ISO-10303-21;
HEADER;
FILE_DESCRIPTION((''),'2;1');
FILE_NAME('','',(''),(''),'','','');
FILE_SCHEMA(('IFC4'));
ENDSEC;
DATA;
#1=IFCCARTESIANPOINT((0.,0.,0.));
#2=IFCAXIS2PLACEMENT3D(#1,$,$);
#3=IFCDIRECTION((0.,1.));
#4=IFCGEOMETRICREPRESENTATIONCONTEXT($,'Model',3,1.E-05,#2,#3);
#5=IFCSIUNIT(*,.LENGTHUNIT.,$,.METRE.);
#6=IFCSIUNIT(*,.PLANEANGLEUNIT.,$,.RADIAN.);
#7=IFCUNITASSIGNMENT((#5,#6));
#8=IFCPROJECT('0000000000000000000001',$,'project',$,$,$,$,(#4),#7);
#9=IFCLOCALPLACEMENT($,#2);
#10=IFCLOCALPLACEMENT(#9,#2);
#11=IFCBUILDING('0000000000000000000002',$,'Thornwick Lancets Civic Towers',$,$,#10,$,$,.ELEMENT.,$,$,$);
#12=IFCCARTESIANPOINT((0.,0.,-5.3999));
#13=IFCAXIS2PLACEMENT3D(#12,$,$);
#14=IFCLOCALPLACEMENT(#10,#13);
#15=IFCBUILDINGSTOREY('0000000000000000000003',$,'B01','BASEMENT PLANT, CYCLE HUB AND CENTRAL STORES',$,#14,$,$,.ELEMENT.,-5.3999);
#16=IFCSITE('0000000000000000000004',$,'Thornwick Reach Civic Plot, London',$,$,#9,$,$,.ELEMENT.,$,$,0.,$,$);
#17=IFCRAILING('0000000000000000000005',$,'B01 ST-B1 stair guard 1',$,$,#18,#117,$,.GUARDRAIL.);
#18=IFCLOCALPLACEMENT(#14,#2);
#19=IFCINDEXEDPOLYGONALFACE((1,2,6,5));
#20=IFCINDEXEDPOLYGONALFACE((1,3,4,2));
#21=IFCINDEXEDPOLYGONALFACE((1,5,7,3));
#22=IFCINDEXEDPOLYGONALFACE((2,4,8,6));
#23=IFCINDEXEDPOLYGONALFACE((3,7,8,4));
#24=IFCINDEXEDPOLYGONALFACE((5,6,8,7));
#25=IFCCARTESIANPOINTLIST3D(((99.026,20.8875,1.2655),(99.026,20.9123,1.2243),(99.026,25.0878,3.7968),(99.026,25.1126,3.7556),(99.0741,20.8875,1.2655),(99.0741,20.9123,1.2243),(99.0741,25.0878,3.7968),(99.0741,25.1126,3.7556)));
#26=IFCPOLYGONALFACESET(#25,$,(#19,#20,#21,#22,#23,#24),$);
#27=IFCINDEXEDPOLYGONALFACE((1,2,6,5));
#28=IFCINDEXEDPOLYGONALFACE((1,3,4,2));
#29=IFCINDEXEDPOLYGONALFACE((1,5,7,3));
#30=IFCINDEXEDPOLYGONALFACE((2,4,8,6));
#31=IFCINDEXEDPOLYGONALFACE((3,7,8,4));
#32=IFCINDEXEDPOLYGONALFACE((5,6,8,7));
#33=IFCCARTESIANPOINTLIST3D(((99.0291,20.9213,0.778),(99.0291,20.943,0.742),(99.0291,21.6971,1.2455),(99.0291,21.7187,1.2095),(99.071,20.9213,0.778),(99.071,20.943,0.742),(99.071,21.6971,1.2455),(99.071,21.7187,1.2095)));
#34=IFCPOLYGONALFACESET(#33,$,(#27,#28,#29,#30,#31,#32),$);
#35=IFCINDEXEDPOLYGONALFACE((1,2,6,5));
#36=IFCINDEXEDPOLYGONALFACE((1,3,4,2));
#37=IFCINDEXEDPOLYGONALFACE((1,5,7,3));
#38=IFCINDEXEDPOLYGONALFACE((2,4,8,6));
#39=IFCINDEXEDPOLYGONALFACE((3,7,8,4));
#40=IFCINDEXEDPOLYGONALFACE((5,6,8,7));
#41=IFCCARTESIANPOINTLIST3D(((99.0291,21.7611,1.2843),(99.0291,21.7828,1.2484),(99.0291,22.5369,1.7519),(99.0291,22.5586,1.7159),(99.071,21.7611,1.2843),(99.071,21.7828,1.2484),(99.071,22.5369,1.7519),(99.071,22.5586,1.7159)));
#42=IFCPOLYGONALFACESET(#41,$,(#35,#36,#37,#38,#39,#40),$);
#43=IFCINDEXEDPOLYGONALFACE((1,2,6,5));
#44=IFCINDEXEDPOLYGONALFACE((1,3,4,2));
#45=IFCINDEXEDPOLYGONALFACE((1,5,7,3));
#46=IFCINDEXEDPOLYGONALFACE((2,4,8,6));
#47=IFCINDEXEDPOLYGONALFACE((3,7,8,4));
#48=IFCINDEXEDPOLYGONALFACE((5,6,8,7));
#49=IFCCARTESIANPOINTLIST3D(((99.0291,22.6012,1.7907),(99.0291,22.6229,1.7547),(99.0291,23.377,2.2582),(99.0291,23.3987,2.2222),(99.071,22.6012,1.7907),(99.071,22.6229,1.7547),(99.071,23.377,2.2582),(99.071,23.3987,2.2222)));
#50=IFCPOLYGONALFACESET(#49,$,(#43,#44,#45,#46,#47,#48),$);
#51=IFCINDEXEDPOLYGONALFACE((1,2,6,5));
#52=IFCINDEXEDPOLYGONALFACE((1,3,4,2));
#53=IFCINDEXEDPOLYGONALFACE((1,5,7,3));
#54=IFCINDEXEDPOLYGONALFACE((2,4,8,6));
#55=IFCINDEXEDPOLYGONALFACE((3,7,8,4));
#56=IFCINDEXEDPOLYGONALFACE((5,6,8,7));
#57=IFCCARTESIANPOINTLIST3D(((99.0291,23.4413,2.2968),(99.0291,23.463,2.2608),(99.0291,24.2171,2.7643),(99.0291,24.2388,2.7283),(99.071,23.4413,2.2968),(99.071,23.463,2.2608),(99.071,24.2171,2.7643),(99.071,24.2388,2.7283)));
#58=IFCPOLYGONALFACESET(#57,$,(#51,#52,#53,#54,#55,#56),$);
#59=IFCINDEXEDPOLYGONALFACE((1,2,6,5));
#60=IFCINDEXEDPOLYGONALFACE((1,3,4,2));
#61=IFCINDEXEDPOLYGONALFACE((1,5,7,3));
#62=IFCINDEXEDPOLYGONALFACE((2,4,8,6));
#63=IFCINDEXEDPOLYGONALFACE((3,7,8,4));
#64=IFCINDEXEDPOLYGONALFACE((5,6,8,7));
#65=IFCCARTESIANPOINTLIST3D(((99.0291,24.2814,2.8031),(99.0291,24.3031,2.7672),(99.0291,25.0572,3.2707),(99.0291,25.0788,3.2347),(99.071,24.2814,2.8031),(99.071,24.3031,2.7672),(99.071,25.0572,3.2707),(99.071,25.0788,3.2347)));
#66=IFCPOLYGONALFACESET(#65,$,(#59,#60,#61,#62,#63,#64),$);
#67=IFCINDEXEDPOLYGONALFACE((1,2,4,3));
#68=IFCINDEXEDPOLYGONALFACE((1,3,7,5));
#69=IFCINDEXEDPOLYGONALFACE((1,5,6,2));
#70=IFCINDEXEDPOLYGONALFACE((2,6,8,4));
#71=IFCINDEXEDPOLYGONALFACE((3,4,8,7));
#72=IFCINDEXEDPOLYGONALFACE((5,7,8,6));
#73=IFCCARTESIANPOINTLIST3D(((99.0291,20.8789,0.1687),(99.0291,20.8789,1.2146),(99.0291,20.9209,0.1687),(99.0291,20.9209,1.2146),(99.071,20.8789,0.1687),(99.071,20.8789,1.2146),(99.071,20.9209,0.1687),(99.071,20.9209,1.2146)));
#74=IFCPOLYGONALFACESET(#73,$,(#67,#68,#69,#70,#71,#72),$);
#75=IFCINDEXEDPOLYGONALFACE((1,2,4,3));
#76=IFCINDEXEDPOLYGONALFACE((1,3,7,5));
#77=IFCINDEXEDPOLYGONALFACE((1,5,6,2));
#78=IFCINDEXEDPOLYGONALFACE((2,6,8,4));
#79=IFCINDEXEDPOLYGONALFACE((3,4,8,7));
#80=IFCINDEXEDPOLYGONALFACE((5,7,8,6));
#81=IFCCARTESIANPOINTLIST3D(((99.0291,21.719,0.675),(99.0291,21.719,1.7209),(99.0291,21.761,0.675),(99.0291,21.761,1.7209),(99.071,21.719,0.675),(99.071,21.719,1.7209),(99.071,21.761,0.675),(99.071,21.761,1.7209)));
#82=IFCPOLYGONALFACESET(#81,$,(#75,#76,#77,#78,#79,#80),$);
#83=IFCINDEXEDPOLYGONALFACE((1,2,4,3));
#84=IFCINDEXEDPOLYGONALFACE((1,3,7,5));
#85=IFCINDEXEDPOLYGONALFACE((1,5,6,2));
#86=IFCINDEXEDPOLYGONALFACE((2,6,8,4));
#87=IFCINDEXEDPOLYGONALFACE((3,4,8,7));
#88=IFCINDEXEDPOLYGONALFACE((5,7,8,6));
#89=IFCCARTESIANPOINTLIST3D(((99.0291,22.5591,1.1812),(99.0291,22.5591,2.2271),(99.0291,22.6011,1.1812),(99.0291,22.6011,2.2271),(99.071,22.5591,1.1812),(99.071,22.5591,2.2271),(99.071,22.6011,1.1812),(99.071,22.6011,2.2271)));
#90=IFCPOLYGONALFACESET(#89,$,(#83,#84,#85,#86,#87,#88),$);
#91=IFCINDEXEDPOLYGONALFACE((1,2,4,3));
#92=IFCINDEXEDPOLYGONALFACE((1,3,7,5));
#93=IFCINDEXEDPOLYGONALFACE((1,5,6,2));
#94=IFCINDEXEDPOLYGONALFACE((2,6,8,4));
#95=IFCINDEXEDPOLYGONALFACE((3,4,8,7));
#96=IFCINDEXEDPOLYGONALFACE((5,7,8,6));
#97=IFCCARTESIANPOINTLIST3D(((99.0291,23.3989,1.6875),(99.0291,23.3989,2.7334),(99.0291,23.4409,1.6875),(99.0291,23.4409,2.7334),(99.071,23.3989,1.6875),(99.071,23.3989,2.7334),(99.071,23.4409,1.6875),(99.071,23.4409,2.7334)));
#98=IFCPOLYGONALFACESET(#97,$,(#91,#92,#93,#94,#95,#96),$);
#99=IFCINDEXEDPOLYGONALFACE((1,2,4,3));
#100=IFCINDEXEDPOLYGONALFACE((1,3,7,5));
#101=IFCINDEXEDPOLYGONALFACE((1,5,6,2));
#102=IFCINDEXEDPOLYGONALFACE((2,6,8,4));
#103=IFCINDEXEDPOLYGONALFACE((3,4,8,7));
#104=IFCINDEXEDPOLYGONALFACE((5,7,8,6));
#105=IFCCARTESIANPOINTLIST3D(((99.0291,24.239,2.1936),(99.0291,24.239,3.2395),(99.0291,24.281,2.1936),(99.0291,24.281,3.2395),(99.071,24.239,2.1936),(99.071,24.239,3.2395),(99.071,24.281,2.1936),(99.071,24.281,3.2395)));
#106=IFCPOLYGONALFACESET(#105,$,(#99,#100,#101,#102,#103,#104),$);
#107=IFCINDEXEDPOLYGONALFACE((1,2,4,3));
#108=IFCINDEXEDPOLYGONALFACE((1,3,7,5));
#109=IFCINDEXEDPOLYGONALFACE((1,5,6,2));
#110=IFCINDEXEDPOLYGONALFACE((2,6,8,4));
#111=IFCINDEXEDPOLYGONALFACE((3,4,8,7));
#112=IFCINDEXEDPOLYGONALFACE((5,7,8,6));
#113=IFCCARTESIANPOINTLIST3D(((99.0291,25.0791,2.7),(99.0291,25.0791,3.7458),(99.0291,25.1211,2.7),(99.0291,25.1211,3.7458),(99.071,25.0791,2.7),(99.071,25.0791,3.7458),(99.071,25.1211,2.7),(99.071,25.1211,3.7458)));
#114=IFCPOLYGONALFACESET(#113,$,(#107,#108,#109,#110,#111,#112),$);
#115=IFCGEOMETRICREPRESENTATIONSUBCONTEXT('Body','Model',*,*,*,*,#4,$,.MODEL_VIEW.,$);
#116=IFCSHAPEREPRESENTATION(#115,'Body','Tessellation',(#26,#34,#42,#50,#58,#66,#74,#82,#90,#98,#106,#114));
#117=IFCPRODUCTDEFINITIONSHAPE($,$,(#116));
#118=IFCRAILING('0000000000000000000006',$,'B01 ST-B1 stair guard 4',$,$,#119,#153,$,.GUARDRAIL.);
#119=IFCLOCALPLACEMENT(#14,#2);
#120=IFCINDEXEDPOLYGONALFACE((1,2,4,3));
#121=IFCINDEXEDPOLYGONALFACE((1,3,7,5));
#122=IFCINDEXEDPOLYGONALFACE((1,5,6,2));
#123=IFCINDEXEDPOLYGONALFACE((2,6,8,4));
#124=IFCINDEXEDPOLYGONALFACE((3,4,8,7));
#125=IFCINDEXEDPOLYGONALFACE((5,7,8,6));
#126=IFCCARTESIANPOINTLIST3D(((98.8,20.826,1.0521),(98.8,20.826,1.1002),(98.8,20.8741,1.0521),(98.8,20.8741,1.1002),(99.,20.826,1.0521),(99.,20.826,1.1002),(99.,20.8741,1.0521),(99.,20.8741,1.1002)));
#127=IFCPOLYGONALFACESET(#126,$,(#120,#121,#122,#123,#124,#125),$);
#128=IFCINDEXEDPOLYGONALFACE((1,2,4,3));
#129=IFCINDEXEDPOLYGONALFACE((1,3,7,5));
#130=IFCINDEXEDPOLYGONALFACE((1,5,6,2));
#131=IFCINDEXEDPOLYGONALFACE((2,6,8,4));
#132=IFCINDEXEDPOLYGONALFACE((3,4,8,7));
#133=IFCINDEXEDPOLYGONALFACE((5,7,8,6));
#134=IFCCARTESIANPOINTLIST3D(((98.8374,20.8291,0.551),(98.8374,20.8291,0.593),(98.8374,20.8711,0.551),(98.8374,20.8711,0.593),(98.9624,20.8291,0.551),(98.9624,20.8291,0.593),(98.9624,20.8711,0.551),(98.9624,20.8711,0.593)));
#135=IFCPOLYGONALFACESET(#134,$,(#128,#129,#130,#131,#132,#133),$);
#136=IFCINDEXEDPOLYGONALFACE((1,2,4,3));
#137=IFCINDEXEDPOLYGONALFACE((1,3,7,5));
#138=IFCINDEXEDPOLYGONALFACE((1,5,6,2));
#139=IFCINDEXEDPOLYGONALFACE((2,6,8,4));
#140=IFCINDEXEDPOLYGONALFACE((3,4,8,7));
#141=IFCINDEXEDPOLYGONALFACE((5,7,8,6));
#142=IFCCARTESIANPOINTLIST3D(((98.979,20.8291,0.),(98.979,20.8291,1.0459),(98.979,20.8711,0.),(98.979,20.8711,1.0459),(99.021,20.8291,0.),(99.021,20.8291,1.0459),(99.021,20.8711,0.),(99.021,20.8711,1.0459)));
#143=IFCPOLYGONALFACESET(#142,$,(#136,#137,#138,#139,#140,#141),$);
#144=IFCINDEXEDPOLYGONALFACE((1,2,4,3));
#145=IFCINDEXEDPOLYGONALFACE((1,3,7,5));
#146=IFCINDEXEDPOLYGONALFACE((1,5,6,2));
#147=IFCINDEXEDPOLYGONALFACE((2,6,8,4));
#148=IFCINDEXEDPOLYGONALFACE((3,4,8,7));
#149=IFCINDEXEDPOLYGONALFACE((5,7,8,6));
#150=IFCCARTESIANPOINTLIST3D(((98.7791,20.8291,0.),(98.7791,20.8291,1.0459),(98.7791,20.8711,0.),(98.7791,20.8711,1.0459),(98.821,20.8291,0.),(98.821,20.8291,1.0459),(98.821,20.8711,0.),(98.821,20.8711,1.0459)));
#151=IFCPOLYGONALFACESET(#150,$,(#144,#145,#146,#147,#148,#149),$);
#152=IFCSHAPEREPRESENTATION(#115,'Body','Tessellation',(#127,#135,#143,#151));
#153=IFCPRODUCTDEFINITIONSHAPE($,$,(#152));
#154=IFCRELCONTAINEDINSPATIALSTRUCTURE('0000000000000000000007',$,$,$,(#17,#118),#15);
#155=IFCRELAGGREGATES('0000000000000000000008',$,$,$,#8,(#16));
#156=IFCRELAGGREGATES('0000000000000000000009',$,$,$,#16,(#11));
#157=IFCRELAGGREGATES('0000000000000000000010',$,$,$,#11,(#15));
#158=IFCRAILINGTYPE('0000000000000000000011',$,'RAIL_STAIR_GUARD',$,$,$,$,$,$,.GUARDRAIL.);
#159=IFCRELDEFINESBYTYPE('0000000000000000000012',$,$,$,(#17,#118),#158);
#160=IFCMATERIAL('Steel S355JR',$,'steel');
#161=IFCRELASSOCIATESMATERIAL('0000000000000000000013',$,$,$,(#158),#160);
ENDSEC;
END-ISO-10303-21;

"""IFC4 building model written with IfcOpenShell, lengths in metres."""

from ifc_helpers import new_model, si_unit, direction, frame, origin, origin_2d, place, context, subcontext, project, spatial, rectangle, extrude, material, type_object, element, save


model = new_model("IFC4")

# Units and contexts
model_context = context("Model", 3, precision=1e-05, world=origin(), true_north=direction((0.0, 1.0)))
body_context = subcontext(model_context, "Body", "Model", "MODEL_VIEW")
ifc_project = project(units=[si_unit("LENGTHUNIT", "METRE"), si_unit("PLANEANGLEUNIT", "RADIAN")], contexts=[model_context])

# Site, building, storey
site_placement = place(None, origin())
site = spatial("IfcSite", under=ifc_project, at=site_placement, Name="Thornwick Reach Civic Plot, London", CompositionType="ELEMENT", RefElevation=0.0)
building_placement = place(site_placement, origin())
building = spatial("IfcBuilding", under=site, at=building_placement, Name="Thornwick Lancets Civic Towers", CompositionType="ELEMENT")
storey_placement = place(building_placement, frame((0.0, 0.0, -5.3999)))
storey = spatial("IfcBuildingStorey", under=building, at=storey_placement, Name="B01", Description="BASEMENT PLANT, CYCLE HUB AND CENTRAL STORES", CompositionType="ELEMENT", Elevation=-5.3999)

# Railings
ifc_material_1 = material(Name="Steel S355JR", Category="steel")
railing_type_1 = type_object("IfcRailingType", Name="RAIL_STAIR_GUARD", PredefinedType="GUARDRAIL", material=ifc_material_1)
railing_1_placement = place(storey_placement, frame((99.05, 20.8999, 0.1687)))
element("IfcRailing", 1, at=railing_1_placement, inside=storey, type_object=railing_type_1, Name="B01 ST-B1 stair guard 1", PredefinedType="GUARDRAIL", context=body_context, shape_type="SweptSolid", body=[
    extrude(rectangle(XDim=0.0481, YDim=0.0481, at=origin_2d()), frame((0.0, 0.0, 1.0762), z_axis=(0.0, 0.85649, 0.516164), x_axis=(-1.0, 0.0, 0.0)), (0.0, 0.0, 1.0), 4.9041),
    extrude(rectangle(XDim=0.042, YDim=0.042, at=origin_2d()), frame((0.0, 0.0322, 0.5913), z_axis=(0.0, 0.85649, 0.516164), x_axis=(-1.0, 0.0, 0.0)), (0.0, 0.0, 1.0), 0.9058),
    extrude(rectangle(XDim=0.042, YDim=0.042, at=origin_2d()), frame((0.0, 0.8721, 1.0977), z_axis=(0.0, 0.85649, 0.516164), x_axis=(-1.0, 0.0, 0.0)), (0.0, 0.0, 1.0), 0.9058),
    extrude(rectangle(XDim=0.042, YDim=0.042, at=origin_2d()), frame((0.0, 1.7122, 1.604), z_axis=(0.0, 0.85649, 0.516164), x_axis=(-1.0, 0.0, 0.0)), (0.0, 0.0, 1.0), 0.9058),
    extrude(rectangle(XDim=0.042, YDim=0.042, at=origin_2d()), frame((0.0, 2.5522, 2.1101), z_axis=(0.0, 0.85649, 0.516164), x_axis=(-1.0, 0.0, 0.0)), (0.0, 0.0, 1.0), 0.9058),
    extrude(rectangle(XDim=0.042, YDim=0.042, at=origin_2d()), frame((0.0, 3.3923, 2.6165), z_axis=(0.0, 0.85649, 0.516164), x_axis=(-1.0, 0.0, 0.0)), (0.0, 0.0, 1.0), 0.9058),
    extrude(rectangle(XDim=0.042, YDim=0.042, at=origin_2d()), origin(), (0.0, 0.0, 1.0), 1.0459),
    extrude(rectangle(XDim=0.042, YDim=0.042, at=origin_2d()), frame((0.0, 0.8401, 0.5063)), (0.0, 0.0, 1.0), 1.0459),
    extrude(rectangle(XDim=0.042, YDim=0.042, at=origin_2d()), frame((0.0, 1.6802, 1.0125)), (0.0, 0.0, 1.0), 1.0459),
    extrude(rectangle(XDim=0.042, YDim=0.042, at=origin_2d()), frame((0.0, 2.52, 1.5188)), (0.0, 0.0, 1.0), 1.0459),
    extrude(rectangle(XDim=0.042, YDim=0.042, at=origin_2d()), frame((0.0, 3.3601, 2.0249)), (0.0, 0.0, 1.0), 1.0459),
    extrude(rectangle(XDim=0.042, YDim=0.042, at=origin_2d()), frame((0.0, 4.2002, 2.5312)), (0.0, 0.0, 1.0), 1.0459),
])
railing_2_placement = place(storey_placement, frame((99.0, 20.8501, 0.0)))
element("IfcRailing", 2, at=railing_2_placement, inside=storey, type_object=railing_type_1, Name="B01 ST-B1 stair guard 4", PredefinedType="GUARDRAIL", context=body_context, shape_type="SweptSolid", body=[
    extrude(rectangle(XDim=0.0481, YDim=0.0481, at=origin_2d()), frame((0.0, 0.0, 1.0762), z_axis=(-1.0, 0.0, 0.0), x_axis=(0.0, -1.0, 0.0)), (0.0, 0.0, 1.0), 0.2),
    extrude(rectangle(XDim=0.042, YDim=0.042, at=origin_2d()), frame((-0.0376, 0.0, 0.572), z_axis=(-1.0, 0.0, 0.0), x_axis=(0.0, -1.0, 0.0)), (0.0, 0.0, 1.0), 0.125),
    extrude(rectangle(XDim=0.042, YDim=0.042, at=origin_2d()), origin(), (0.0, 0.0, 1.0), 1.0459),
    extrude(rectangle(XDim=0.042, YDim=0.042, at=origin_2d()), frame((-0.2, 0.0, 0.0)), (0.0, 0.0, 1.0), 1.0459),
])

save(model, "model.ifc")
